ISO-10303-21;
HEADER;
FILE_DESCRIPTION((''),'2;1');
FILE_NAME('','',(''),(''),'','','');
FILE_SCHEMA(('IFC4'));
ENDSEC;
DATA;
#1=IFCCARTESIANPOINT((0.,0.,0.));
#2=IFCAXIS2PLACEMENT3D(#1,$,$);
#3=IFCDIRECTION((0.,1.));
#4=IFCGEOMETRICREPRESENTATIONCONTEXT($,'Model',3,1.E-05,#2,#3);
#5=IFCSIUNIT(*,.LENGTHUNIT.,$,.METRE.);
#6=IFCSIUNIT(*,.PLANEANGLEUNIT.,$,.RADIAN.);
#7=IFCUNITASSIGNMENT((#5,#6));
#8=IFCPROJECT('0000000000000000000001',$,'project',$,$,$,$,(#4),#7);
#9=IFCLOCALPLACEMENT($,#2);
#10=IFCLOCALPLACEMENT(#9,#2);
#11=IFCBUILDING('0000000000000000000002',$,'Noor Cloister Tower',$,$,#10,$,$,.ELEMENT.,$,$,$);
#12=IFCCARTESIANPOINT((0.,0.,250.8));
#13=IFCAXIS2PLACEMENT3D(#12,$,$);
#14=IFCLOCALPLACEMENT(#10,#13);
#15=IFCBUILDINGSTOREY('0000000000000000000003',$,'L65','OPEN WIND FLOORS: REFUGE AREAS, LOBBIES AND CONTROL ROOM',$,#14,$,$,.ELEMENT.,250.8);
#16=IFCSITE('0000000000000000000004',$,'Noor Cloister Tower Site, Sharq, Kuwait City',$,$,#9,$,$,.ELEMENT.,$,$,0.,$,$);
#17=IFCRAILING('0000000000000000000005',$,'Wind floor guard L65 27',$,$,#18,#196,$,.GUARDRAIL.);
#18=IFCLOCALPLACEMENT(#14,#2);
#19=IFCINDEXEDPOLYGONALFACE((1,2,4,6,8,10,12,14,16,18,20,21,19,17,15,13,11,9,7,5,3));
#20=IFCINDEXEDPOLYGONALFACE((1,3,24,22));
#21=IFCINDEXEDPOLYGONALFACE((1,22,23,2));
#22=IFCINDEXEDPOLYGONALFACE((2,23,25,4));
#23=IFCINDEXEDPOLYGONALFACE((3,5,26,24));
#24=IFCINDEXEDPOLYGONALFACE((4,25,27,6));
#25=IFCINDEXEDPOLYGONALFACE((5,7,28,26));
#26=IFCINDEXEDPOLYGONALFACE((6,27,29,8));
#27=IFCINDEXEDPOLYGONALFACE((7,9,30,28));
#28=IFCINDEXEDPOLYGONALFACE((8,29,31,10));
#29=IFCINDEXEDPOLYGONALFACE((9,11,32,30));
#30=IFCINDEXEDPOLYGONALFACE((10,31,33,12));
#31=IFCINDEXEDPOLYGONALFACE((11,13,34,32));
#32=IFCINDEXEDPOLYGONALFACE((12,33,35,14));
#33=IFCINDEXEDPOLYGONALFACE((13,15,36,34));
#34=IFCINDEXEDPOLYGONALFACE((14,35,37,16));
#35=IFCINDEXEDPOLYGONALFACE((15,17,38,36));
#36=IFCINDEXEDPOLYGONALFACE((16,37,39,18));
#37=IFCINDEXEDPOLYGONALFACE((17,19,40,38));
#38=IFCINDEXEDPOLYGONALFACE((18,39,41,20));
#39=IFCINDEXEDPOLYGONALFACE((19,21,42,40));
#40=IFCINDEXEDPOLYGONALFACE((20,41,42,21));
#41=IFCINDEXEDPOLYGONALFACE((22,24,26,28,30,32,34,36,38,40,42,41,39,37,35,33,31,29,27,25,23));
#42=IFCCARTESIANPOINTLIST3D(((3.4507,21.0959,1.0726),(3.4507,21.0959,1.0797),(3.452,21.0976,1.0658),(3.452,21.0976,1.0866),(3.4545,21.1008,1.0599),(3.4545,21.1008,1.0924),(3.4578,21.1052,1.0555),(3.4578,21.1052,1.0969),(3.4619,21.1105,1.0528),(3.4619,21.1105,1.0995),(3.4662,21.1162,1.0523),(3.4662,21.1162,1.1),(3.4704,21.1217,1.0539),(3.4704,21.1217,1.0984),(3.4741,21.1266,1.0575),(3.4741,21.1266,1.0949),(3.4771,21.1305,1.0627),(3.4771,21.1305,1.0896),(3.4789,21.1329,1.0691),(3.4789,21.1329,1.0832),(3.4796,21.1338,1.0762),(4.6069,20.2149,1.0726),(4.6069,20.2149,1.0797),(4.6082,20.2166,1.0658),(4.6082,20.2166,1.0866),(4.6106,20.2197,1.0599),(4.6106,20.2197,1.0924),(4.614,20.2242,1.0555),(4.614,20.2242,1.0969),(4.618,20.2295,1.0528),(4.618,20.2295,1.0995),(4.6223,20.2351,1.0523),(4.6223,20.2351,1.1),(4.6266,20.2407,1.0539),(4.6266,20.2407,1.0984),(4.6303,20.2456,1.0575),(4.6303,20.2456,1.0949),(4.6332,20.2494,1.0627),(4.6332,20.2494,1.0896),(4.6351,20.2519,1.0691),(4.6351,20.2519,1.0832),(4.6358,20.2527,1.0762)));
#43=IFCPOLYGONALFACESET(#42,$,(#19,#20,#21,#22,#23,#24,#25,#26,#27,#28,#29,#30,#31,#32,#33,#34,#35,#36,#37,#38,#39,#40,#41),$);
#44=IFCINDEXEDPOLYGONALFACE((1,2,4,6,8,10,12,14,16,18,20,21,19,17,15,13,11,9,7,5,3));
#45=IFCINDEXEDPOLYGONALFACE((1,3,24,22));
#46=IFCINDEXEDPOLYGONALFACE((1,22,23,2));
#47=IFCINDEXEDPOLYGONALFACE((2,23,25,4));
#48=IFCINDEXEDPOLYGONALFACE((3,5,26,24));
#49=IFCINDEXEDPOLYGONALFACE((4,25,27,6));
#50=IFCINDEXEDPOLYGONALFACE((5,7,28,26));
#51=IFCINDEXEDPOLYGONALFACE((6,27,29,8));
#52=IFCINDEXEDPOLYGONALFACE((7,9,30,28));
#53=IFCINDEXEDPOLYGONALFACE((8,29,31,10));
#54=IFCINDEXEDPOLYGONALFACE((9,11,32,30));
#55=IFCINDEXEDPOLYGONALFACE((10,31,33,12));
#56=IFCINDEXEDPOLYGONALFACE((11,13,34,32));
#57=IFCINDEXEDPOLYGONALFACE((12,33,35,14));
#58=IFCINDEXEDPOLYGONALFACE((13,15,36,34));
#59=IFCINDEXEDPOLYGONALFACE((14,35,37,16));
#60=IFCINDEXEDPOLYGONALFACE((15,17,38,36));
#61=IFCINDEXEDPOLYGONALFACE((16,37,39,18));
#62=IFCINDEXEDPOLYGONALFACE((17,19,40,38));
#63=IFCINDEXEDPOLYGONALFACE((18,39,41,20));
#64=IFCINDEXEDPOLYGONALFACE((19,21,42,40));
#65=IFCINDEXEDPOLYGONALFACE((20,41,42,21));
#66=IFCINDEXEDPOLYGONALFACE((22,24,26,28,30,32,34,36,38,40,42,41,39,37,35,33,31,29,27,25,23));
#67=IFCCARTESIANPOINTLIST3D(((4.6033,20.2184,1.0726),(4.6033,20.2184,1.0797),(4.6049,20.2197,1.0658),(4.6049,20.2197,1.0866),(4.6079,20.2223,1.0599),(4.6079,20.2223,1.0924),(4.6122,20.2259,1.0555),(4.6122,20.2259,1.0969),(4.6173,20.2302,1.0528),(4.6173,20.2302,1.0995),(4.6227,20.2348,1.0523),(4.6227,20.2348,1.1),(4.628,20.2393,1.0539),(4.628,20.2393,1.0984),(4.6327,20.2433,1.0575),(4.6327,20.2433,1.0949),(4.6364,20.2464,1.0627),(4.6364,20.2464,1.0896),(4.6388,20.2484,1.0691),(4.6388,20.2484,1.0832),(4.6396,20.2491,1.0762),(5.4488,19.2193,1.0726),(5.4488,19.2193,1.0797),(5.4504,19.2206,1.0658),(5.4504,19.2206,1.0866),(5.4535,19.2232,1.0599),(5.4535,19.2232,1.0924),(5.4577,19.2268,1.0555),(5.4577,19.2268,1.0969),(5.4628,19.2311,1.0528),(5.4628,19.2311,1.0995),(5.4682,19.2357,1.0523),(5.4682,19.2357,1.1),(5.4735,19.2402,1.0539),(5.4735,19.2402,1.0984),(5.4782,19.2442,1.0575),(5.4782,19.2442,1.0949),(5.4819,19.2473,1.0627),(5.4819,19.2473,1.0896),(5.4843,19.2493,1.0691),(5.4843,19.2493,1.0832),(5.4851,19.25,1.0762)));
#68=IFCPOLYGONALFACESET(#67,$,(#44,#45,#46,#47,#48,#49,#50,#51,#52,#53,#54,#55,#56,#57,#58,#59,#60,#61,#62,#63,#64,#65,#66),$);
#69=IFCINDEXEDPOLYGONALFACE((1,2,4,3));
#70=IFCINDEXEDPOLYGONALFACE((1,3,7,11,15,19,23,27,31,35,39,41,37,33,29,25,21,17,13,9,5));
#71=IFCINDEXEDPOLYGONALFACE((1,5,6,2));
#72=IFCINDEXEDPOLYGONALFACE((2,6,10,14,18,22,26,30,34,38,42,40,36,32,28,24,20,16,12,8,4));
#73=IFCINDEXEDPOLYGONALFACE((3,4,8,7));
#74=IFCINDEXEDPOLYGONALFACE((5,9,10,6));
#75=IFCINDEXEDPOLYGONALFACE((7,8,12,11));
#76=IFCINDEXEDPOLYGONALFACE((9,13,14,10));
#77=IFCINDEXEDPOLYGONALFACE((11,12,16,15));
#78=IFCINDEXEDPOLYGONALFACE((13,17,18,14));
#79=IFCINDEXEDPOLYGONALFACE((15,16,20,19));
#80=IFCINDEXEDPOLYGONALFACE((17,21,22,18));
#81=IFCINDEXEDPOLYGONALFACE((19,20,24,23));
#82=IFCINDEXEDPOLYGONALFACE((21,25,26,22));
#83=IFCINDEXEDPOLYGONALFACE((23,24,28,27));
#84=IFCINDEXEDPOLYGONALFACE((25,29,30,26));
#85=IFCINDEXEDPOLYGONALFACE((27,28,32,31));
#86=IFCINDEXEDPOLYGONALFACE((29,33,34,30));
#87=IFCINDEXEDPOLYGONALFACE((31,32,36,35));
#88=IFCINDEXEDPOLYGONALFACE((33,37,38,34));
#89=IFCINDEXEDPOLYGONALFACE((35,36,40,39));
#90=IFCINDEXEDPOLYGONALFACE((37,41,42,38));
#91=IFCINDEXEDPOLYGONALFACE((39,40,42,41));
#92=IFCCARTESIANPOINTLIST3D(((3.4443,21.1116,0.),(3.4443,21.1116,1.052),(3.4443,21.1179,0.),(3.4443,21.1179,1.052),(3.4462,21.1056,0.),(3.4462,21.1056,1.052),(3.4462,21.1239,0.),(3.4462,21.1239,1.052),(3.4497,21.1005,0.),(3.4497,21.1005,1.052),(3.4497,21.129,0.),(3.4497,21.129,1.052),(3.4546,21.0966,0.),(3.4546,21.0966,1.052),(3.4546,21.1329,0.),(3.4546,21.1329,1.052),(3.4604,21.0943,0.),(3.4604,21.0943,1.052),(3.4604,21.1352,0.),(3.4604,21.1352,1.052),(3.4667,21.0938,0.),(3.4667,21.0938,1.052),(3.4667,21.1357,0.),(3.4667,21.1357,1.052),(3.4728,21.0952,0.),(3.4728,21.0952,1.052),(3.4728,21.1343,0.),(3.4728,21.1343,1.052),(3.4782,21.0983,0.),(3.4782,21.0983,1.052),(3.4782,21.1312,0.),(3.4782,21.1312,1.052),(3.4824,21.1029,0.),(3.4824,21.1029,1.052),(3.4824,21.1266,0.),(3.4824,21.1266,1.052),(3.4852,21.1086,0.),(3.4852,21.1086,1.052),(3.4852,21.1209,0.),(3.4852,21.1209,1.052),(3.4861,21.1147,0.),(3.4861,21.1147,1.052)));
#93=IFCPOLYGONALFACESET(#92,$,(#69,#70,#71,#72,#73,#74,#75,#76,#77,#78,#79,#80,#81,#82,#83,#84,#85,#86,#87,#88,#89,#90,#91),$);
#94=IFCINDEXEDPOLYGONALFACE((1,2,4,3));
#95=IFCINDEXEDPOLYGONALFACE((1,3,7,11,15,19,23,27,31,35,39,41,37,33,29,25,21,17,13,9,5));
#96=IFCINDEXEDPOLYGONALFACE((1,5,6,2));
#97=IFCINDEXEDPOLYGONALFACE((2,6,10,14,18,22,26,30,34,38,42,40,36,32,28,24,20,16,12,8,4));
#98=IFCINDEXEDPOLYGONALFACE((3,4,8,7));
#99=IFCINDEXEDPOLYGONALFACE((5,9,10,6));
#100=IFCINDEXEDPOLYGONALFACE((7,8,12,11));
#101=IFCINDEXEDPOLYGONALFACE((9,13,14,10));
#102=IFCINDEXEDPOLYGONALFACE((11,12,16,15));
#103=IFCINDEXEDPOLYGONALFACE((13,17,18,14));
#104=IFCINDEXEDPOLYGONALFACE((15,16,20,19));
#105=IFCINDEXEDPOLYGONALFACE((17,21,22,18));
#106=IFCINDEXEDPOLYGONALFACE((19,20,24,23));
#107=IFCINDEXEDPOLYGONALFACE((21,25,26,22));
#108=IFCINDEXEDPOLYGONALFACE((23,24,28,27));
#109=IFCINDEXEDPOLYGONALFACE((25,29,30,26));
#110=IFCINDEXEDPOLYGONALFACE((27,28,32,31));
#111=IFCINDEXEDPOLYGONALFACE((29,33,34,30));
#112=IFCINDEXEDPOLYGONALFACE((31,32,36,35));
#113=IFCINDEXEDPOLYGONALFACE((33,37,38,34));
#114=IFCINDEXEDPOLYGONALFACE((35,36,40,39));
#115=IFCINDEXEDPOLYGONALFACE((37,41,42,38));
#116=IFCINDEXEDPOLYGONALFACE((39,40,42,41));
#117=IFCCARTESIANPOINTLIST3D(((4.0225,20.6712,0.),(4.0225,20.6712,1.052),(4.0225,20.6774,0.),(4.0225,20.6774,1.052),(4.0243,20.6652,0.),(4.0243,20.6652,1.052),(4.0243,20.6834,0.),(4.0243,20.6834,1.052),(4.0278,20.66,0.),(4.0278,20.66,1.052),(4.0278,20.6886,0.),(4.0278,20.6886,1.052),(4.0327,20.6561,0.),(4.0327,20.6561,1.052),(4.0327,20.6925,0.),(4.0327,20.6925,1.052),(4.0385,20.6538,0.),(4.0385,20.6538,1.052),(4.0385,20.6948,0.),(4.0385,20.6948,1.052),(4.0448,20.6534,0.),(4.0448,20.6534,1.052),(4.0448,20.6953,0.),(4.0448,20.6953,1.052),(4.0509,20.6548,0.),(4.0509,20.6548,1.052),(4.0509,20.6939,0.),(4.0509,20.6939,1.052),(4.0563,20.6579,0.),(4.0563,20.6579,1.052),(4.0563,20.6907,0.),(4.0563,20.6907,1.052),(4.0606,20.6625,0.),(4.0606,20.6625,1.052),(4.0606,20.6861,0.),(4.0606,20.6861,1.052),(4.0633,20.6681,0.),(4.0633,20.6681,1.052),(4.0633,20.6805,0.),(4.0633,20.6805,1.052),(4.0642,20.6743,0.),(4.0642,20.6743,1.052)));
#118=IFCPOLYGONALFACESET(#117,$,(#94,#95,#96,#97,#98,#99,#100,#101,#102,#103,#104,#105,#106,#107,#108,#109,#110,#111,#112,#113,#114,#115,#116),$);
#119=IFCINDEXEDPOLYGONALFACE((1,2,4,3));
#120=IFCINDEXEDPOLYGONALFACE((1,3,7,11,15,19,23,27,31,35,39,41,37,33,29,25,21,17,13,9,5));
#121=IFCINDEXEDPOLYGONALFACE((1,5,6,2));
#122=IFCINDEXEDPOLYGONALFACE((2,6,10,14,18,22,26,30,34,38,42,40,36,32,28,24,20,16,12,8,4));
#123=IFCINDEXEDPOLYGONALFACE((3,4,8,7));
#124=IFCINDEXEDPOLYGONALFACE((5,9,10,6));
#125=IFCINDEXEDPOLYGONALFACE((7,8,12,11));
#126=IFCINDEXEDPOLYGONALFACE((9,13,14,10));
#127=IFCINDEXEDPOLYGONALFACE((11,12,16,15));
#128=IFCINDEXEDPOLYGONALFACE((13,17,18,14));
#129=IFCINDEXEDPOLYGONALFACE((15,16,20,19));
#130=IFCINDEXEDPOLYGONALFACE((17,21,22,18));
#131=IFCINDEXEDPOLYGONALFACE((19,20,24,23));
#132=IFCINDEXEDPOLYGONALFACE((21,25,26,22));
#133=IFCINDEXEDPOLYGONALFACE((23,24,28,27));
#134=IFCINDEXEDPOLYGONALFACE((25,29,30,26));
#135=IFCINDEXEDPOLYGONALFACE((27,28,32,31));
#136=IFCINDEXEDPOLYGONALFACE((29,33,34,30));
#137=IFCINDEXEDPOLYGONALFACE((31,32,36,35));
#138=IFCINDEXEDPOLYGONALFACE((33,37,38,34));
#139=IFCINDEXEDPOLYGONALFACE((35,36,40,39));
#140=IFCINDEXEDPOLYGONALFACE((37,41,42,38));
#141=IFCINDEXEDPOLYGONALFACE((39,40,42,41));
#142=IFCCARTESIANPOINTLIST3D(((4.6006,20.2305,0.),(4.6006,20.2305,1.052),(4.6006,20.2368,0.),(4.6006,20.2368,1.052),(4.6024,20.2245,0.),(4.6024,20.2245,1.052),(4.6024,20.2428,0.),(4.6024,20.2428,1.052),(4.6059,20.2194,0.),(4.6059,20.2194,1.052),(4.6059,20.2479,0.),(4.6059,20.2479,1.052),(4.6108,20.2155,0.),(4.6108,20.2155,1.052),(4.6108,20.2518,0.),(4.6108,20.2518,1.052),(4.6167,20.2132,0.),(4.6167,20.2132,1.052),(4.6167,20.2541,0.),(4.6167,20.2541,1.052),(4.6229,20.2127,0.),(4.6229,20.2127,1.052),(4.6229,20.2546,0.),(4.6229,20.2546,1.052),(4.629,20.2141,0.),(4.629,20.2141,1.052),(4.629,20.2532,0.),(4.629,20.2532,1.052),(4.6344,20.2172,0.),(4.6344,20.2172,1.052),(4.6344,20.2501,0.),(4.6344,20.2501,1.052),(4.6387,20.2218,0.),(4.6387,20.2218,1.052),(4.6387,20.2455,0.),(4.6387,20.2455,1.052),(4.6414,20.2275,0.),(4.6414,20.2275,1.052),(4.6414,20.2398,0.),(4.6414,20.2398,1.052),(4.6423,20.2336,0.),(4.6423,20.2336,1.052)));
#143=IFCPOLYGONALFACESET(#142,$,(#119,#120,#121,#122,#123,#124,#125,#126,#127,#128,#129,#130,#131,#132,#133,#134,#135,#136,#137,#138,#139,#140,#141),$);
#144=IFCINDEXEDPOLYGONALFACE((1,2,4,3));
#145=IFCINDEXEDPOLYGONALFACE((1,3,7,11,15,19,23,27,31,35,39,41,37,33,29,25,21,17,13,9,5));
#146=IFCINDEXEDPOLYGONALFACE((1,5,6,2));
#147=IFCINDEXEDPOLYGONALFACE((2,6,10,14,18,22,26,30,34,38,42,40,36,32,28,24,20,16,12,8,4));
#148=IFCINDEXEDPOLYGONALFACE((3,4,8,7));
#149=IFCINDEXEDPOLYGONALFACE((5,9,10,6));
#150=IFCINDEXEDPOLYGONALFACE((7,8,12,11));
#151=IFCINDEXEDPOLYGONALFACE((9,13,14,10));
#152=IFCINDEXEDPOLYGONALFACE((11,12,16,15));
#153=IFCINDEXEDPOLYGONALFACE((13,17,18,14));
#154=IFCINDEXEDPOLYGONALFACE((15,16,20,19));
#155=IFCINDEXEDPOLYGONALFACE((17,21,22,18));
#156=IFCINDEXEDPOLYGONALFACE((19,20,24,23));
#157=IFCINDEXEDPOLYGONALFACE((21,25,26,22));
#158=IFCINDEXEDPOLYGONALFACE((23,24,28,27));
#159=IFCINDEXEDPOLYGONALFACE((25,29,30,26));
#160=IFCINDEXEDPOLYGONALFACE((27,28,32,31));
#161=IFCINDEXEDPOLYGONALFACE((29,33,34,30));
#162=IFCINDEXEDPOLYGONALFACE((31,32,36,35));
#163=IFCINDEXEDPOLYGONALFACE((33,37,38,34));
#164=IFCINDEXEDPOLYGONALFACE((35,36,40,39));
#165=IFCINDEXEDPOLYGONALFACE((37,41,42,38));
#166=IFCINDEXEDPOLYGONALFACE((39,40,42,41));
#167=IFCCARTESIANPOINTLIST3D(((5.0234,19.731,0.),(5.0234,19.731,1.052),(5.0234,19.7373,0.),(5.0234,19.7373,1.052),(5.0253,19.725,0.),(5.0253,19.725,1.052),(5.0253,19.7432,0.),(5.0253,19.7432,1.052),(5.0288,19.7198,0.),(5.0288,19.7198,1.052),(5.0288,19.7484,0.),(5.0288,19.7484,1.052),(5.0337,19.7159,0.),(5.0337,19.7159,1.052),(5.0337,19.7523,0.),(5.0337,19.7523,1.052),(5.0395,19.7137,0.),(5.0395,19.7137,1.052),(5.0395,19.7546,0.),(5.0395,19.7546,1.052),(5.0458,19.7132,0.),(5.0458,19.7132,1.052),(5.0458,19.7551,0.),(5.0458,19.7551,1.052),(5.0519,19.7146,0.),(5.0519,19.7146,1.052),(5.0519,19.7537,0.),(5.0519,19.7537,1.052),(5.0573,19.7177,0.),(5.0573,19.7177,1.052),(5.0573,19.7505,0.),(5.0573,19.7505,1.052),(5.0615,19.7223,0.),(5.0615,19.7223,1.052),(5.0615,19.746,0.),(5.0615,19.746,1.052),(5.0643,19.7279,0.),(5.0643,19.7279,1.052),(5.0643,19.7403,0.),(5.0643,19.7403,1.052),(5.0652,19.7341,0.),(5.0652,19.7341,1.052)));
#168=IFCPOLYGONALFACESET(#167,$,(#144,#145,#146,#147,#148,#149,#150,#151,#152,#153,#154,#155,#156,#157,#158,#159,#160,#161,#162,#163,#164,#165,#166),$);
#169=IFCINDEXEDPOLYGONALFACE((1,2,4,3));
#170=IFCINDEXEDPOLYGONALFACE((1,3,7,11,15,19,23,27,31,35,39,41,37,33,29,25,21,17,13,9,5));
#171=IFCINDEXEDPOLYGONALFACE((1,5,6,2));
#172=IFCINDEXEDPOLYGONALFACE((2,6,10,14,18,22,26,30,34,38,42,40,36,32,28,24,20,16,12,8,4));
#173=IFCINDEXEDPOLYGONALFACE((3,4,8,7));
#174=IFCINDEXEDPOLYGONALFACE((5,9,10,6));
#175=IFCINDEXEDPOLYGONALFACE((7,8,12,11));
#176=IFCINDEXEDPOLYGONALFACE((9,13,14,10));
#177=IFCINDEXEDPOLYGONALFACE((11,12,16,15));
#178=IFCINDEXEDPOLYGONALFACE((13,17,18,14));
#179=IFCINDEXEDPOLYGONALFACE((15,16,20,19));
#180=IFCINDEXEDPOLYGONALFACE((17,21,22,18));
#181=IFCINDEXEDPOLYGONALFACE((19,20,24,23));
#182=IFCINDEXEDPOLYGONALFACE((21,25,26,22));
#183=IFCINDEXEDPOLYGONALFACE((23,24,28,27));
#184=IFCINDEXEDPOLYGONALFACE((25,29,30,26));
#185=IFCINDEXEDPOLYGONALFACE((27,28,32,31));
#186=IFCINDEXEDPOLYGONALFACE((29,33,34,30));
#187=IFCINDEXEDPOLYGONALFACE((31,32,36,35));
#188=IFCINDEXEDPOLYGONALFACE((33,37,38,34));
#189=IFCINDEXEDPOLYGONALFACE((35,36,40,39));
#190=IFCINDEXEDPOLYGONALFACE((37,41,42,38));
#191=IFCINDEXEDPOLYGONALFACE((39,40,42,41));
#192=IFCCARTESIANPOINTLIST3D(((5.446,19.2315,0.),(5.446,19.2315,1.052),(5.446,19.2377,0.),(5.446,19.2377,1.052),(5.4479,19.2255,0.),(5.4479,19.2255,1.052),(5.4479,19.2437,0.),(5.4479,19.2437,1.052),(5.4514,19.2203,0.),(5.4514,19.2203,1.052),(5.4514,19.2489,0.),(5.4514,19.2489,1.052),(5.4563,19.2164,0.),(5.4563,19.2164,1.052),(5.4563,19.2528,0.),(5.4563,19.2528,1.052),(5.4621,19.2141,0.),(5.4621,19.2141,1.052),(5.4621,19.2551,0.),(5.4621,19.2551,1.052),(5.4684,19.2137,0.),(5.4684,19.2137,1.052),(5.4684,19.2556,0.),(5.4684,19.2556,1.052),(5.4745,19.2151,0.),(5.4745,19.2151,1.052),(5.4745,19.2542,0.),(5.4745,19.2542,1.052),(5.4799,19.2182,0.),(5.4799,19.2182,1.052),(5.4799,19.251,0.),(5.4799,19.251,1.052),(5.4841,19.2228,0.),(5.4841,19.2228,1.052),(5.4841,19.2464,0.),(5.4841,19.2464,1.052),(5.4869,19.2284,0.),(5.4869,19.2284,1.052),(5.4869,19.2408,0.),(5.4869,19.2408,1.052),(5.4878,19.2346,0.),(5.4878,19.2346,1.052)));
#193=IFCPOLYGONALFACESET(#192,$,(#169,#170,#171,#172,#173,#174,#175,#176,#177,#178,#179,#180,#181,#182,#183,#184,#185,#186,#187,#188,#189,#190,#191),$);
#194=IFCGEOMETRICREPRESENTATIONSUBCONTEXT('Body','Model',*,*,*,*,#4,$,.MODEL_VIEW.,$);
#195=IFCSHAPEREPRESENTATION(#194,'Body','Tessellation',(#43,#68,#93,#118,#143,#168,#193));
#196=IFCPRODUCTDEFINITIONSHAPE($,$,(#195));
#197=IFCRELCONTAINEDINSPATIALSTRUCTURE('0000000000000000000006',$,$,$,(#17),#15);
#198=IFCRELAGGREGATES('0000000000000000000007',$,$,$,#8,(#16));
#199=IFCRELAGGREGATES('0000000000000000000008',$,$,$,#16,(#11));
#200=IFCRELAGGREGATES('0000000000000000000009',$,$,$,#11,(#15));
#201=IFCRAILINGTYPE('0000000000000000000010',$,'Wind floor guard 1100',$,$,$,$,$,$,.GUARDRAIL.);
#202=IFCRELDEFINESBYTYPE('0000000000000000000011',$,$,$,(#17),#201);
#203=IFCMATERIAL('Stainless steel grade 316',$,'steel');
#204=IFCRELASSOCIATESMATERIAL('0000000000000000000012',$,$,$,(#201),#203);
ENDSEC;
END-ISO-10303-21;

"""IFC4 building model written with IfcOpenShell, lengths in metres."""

from ifc_helpers import new_model, si_unit, direction, frame, origin, origin_2d, place, context, subcontext, project, spatial, circle, extrude, material, type_object, element, save


model = new_model("IFC4")

# Units and contexts
model_context = context("Model", 3, precision=1e-05, world=origin(), true_north=direction((0.0, 1.0)))
body_context = subcontext(model_context, "Body", "Model", "MODEL_VIEW")
ifc_project = project(units=[si_unit("LENGTHUNIT", "METRE"), si_unit("PLANEANGLEUNIT", "RADIAN")], contexts=[model_context])

# Site, building, storey
site_placement = place(None, origin())
site = spatial("IfcSite", under=ifc_project, at=site_placement, Name="Noor Cloister Tower Site, Sharq, Kuwait City", CompositionType="ELEMENT", RefElevation=0.0)
building_placement = place(site_placement, origin())
building = spatial("IfcBuilding", under=site, at=building_placement, Name="Noor Cloister Tower", CompositionType="ELEMENT")
storey_placement = place(building_placement, frame((0.0, 0.0, 250.8)))
storey = spatial("IfcBuildingStorey", under=building, at=storey_placement, Name="L65", Description="OPEN WIND FLOORS: REFUGE AREAS, LOBBIES AND CONTROL ROOM", CompositionType="ELEMENT", Elevation=250.8)

# Railing
ifc_material_1 = material(Name="Stainless steel grade 316", Category="steel")
railing_type_1 = type_object("IfcRailingType", Name="Wind floor guard 1100", PredefinedType="GUARDRAIL", material=ifc_material_1)
railing_1_placement = place(storey_placement, frame((3.4651, 21.1147, 0.0)))
element("IfcRailing", 1, at=railing_1_placement, inside=storey, type_object=railing_type_1, Name="Wind floor guard L65 27", PredefinedType="GUARDRAIL", context=body_context, shape_type="SweptSolid", body=[
    extrude(circle(Radius=0.0239, at=origin_2d()), frame((0.0, 0.0, 1.0762), z_axis=(0.795382, -0.606109, 0.0), x_axis=(0.606109, 0.795382, 0.0)), (0.0, 0.0, 1.0), 1.4536),
    extrude(circle(Radius=0.0239, at=origin_2d()), frame((1.1562, -0.8811, 1.0762), z_axis=(0.646001, -0.763337, 0.0), x_axis=(0.763337, 0.646001, 0.0)), (0.0, 0.0, 1.0), 1.3088),
    extrude(circle(Radius=0.021, at=origin_2d()), origin(), (0.0, 0.0, 1.0), 1.052),
    extrude(circle(Radius=0.021, at=origin_2d()), frame((0.5781, -0.4404, 0.0)), (0.0, 0.0, 1.0), 1.052),
    extrude(circle(Radius=0.021, at=origin_2d()), frame((1.1562, -0.8811, 0.0)), (0.0, 0.0, 1.0), 1.052),
    extrude(circle(Radius=0.021, at=origin_2d()), frame((1.5791, -1.3806, 0.0)), (0.0, 0.0, 1.0), 1.052),
    extrude(circle(Radius=0.021, at=origin_2d()), frame((2.0017, -1.8801, 0.0)), (0.0, 0.0, 1.0), 1.052),
])

save(model, "model.ifc")
